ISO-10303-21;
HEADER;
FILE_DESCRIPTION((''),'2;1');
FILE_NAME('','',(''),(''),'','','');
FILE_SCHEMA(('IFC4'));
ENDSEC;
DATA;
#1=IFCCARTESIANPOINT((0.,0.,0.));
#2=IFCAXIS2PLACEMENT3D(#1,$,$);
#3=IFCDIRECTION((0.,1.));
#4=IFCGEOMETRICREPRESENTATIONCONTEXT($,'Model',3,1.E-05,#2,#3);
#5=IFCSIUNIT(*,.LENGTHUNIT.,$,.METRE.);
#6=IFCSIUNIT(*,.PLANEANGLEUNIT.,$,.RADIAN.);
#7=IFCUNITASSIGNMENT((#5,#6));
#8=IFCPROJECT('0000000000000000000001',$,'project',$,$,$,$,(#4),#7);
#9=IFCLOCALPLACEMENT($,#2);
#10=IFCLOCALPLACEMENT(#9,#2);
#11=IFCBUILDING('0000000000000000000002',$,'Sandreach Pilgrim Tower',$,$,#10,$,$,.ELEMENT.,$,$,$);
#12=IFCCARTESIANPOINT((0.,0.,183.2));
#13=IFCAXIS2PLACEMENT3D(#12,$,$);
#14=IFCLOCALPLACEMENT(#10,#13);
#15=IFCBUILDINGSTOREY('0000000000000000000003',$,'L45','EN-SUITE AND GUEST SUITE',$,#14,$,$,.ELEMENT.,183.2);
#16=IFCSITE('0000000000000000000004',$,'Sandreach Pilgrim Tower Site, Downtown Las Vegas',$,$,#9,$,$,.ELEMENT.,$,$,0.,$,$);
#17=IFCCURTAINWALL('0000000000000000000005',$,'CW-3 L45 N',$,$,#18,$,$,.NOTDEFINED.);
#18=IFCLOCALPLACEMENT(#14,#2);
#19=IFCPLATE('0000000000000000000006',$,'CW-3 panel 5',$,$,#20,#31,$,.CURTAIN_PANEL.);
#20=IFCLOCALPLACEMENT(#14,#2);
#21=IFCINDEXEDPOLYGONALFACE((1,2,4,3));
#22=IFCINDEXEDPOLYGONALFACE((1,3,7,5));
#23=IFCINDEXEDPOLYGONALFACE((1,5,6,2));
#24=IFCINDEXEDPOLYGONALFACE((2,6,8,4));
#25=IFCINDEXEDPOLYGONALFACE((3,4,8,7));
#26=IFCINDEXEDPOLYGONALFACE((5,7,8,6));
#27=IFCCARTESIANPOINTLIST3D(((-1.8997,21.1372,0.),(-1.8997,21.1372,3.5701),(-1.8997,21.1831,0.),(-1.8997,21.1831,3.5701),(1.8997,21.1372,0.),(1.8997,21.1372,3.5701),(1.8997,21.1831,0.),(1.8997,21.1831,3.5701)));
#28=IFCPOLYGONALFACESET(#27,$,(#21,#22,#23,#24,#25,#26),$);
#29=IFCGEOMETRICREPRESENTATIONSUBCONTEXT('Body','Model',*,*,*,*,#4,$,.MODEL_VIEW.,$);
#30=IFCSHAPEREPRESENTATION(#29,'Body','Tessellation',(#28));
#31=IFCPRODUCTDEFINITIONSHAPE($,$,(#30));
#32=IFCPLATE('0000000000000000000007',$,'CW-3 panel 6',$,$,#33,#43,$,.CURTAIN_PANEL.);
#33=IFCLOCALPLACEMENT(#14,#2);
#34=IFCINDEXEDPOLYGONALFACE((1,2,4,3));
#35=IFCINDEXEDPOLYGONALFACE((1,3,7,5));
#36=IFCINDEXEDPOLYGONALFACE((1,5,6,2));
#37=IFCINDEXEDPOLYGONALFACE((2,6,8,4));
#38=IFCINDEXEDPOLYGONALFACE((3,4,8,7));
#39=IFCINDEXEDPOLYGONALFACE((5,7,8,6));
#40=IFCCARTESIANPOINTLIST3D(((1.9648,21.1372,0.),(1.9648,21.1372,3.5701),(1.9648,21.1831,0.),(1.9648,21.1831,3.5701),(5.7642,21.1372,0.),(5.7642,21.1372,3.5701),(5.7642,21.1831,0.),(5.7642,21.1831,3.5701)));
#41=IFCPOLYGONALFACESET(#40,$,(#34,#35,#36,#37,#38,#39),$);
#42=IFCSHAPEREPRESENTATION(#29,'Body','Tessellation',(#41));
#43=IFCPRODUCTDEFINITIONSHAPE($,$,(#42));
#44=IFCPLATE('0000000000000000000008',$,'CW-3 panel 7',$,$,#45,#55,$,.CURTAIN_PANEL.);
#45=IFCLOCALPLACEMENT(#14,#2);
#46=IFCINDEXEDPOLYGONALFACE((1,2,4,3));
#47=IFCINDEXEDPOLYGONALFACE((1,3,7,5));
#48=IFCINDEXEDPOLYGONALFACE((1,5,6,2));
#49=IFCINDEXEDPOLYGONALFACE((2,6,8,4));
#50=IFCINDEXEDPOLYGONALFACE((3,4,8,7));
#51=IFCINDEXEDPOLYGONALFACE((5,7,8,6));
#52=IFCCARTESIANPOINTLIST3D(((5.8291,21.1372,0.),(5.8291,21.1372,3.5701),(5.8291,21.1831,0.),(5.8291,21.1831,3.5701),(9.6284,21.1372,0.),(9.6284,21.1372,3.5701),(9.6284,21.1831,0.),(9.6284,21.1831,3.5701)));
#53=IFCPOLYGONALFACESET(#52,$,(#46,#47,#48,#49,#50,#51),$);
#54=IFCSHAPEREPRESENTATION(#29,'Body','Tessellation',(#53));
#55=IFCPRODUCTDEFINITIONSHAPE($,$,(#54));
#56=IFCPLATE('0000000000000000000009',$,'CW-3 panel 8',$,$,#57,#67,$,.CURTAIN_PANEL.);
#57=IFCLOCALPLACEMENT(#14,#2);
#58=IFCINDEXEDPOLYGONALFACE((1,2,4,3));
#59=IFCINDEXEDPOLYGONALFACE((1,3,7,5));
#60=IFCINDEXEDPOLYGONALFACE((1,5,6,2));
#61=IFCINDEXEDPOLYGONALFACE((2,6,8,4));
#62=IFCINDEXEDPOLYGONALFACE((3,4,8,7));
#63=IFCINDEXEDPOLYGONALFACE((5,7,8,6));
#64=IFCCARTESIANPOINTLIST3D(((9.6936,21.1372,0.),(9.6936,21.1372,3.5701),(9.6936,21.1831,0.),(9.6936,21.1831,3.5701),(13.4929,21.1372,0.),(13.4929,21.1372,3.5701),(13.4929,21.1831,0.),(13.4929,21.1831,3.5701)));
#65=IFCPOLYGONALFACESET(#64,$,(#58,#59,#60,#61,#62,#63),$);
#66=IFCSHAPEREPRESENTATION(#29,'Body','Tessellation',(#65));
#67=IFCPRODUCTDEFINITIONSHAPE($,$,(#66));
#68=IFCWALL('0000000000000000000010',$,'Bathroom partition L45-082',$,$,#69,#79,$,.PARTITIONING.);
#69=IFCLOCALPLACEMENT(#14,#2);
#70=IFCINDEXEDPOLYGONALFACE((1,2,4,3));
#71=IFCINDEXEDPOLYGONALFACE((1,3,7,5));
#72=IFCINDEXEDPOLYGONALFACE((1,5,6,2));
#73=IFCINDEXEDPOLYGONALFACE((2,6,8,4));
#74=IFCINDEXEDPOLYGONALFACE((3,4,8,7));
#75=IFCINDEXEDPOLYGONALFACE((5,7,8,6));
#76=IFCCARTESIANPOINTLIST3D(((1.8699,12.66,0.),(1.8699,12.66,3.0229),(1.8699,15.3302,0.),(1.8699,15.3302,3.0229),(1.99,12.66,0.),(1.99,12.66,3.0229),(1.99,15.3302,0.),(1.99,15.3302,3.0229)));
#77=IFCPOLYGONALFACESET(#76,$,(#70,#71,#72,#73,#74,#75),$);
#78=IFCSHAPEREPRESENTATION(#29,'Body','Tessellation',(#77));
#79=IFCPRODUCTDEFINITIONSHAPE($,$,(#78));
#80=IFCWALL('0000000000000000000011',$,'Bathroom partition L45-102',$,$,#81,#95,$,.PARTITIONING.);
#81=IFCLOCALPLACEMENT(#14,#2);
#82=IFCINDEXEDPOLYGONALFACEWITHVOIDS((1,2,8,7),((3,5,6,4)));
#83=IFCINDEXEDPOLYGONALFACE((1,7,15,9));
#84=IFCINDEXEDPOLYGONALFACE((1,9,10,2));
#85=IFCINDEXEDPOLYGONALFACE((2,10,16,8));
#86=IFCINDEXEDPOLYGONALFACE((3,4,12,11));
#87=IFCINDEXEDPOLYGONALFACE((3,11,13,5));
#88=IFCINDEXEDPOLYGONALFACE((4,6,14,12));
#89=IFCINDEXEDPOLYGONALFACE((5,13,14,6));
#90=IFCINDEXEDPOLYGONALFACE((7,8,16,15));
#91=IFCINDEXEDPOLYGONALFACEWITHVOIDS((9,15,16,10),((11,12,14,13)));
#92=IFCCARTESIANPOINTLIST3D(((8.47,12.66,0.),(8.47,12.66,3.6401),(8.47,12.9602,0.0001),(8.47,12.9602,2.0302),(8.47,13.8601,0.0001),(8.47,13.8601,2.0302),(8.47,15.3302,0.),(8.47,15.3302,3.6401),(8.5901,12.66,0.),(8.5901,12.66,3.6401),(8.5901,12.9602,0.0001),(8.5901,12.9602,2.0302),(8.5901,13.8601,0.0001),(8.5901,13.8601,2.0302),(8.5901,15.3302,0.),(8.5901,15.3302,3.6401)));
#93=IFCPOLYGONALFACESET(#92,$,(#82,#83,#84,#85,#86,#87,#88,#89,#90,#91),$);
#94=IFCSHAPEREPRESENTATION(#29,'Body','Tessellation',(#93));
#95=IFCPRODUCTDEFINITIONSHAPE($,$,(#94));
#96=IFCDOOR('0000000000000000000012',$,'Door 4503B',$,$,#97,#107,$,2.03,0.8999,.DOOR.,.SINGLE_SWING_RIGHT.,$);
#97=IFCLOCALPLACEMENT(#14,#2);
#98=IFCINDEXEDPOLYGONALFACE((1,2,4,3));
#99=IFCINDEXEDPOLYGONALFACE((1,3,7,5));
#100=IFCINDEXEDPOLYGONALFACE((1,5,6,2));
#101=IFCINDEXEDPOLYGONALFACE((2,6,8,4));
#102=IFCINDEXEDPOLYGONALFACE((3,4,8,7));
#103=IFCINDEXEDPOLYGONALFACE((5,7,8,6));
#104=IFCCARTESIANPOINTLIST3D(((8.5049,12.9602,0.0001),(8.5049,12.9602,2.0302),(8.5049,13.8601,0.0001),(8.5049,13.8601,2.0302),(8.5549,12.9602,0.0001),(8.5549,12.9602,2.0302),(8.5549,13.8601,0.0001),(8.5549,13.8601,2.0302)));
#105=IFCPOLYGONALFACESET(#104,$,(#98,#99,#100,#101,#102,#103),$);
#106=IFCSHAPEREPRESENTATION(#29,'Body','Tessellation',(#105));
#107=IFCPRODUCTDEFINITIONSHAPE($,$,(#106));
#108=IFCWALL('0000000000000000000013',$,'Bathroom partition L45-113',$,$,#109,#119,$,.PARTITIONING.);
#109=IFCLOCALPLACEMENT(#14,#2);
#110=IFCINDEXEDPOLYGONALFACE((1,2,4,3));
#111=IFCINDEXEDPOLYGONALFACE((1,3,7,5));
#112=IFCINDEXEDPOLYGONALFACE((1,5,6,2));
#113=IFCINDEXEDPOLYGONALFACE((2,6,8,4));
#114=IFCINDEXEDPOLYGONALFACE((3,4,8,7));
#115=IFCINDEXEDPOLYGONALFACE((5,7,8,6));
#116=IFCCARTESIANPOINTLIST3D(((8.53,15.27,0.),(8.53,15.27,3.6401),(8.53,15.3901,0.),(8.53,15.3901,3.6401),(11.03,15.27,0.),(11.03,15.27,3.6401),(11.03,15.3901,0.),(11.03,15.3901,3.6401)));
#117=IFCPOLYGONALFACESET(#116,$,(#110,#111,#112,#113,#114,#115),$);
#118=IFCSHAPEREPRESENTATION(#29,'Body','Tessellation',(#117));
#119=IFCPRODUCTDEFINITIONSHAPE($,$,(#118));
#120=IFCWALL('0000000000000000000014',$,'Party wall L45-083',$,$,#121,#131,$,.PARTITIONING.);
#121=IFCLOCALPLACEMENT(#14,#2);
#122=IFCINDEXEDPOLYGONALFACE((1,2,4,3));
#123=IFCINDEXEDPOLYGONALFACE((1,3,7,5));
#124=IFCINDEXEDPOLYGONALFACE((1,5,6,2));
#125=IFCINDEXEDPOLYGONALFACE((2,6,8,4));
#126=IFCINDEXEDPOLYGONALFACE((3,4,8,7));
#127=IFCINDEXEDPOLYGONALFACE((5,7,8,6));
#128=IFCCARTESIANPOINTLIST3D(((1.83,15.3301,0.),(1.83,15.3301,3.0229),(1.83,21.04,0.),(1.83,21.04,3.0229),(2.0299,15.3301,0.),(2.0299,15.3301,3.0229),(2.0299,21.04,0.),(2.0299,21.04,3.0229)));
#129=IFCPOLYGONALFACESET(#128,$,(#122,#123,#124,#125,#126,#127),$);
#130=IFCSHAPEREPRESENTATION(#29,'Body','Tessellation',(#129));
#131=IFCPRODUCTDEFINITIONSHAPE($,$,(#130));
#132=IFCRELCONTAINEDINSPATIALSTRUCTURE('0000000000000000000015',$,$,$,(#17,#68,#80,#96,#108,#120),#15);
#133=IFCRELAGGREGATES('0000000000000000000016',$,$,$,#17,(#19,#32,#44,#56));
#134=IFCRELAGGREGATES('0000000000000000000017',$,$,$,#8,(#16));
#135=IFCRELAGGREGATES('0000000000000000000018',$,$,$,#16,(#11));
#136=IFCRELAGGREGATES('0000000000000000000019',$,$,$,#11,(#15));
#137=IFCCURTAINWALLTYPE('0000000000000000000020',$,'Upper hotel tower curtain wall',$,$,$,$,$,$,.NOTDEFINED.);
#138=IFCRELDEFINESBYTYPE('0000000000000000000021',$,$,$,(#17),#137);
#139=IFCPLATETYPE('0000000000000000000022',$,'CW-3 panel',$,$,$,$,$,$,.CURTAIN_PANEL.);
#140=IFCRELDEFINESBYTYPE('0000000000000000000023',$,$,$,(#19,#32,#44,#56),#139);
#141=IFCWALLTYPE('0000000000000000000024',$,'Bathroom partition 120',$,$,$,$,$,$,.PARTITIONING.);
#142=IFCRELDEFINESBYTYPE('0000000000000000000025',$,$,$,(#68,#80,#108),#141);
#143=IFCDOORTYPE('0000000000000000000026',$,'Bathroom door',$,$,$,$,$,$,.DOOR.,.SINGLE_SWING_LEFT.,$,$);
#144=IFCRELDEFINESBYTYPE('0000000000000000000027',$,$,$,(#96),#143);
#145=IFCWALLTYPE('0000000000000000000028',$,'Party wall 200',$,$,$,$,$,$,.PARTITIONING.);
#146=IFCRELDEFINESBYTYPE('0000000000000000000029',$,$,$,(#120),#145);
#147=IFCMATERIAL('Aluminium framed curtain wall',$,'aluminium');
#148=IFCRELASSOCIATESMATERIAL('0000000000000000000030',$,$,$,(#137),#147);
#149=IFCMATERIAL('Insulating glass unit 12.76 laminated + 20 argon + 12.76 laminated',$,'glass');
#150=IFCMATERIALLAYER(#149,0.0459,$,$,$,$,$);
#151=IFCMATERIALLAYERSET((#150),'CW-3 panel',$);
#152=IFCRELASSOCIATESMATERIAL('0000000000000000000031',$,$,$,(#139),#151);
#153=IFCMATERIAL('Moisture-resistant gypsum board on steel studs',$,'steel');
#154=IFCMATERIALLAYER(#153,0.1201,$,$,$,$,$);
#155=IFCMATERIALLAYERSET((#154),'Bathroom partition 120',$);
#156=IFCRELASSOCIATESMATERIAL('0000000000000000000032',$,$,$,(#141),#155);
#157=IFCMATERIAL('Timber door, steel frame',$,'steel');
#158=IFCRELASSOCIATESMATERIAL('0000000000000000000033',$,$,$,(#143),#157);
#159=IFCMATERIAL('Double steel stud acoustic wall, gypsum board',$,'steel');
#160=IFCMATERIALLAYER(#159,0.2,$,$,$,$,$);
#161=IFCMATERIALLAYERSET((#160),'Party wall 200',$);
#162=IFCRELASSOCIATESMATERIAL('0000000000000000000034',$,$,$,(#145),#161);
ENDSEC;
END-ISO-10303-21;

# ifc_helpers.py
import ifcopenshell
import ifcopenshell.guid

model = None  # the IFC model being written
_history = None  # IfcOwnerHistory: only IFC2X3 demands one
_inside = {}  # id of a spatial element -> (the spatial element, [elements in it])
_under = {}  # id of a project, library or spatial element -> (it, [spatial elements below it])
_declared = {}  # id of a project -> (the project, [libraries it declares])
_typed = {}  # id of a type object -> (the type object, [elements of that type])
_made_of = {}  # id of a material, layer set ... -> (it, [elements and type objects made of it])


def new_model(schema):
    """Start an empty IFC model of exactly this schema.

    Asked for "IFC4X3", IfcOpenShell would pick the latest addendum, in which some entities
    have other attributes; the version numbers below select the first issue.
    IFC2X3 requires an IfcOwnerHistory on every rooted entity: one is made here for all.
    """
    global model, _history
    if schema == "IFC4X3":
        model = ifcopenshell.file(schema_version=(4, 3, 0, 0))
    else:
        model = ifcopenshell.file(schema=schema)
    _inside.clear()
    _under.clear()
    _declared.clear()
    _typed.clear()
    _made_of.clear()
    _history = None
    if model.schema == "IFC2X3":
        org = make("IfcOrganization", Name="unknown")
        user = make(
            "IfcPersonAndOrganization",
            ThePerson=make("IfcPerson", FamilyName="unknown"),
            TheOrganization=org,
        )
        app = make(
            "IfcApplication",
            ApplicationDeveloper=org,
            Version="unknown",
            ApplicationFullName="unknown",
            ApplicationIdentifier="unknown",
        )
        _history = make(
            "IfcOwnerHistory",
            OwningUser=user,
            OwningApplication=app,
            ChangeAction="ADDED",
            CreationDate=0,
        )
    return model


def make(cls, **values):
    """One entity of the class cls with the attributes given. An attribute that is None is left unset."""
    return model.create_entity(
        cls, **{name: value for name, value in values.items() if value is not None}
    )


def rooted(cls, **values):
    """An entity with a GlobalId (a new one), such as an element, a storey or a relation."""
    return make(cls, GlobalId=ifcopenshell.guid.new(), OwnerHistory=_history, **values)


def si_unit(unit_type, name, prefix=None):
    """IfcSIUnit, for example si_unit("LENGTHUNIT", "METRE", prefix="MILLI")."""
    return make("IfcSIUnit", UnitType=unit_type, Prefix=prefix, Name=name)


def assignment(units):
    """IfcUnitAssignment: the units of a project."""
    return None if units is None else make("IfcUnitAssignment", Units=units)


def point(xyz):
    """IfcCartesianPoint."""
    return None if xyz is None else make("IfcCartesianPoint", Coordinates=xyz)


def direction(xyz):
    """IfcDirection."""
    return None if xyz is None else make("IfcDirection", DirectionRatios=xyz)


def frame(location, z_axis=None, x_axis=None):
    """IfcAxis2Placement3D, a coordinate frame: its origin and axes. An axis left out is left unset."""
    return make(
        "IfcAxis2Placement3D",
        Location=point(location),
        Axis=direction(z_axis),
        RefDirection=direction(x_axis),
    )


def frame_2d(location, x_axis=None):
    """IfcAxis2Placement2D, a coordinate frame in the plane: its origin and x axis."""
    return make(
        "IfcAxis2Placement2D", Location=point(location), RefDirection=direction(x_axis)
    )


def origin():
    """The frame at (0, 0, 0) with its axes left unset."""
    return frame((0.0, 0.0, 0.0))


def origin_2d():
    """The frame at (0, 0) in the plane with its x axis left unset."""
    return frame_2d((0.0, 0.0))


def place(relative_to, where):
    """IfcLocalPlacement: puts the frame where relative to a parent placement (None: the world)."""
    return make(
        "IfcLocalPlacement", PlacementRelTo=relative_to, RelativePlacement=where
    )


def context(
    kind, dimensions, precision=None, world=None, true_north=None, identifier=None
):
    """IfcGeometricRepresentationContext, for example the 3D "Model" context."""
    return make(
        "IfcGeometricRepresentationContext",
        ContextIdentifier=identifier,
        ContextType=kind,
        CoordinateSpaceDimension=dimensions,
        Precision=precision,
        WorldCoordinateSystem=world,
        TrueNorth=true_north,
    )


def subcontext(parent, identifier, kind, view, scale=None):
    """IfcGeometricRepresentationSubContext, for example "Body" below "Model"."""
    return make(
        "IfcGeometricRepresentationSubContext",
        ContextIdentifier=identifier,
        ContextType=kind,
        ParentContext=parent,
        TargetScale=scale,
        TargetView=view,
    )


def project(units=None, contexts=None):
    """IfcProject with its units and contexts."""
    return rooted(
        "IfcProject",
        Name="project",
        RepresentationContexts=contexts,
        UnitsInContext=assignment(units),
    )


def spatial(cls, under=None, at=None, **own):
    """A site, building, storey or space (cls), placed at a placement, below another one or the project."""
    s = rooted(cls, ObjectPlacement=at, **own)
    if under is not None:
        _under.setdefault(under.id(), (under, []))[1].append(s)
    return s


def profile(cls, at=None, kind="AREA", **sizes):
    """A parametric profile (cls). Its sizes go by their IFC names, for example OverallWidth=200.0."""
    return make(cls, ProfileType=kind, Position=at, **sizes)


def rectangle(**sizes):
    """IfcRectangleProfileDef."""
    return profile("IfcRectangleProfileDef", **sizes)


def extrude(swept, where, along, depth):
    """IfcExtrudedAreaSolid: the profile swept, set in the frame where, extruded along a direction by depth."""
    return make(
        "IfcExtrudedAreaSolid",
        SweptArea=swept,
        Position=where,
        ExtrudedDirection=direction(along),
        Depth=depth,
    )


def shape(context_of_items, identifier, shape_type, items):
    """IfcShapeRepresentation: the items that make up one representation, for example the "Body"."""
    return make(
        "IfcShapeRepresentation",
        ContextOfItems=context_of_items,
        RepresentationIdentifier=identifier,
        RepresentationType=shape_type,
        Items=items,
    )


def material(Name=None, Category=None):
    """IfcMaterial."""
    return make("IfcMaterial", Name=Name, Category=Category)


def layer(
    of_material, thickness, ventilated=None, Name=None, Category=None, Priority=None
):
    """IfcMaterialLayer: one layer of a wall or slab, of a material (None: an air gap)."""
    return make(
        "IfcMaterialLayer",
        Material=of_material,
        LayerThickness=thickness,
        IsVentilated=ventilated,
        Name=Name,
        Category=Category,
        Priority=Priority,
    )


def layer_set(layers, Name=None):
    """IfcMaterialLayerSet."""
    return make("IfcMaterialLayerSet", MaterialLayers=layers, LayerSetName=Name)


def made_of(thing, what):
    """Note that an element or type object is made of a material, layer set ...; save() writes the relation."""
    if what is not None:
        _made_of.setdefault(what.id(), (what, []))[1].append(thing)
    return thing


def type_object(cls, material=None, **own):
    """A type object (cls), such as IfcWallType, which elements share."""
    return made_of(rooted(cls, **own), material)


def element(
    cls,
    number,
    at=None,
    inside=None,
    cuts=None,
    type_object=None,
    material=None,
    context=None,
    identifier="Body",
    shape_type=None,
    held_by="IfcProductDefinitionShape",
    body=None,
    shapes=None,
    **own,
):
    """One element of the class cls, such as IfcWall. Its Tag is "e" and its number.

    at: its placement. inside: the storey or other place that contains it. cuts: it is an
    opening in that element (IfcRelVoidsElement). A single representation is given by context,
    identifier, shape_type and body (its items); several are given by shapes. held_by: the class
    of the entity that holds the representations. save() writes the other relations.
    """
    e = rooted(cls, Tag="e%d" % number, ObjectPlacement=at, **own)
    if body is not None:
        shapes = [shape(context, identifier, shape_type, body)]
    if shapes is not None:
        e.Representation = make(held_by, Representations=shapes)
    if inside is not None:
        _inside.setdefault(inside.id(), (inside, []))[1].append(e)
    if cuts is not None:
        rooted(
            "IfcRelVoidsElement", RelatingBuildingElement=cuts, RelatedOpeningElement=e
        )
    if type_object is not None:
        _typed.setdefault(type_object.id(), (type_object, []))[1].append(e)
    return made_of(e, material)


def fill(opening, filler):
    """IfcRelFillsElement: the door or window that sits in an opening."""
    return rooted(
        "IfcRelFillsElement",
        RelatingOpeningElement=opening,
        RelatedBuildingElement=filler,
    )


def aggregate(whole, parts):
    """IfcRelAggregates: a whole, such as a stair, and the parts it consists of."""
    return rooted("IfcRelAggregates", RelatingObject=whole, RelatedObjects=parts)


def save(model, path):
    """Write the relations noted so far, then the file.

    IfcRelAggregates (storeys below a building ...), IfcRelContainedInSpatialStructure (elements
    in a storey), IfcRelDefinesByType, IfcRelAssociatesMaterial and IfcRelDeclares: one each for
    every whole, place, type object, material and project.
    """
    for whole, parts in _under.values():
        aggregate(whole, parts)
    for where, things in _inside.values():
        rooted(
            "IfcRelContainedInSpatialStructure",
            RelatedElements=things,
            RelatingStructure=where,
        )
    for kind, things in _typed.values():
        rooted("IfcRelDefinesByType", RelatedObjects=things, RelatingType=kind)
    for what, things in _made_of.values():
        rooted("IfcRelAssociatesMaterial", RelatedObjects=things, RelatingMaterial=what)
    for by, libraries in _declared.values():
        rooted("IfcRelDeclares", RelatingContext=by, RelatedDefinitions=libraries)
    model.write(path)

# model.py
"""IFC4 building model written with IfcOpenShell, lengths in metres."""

from ifc_helpers import new_model, si_unit, direction, frame, frame_2d, origin, origin_2d, place, context, subcontext, project, spatial, rectangle, extrude, material, layer, layer_set, type_object, element, fill, aggregate, save


model = new_model("IFC4")

# Units and contexts
model_context = context("Model", 3, precision=1e-05, world=origin(), true_north=direction((0.0, 1.0)))
body_context = subcontext(model_context, "Body", "Model", "MODEL_VIEW")
ifc_project = project(units=[si_unit("LENGTHUNIT", "METRE"), si_unit("PLANEANGLEUNIT", "RADIAN")], contexts=[model_context])

# Site, building, storey
site_placement = place(None, origin())
site = spatial("IfcSite", under=ifc_project, at=site_placement, Name="Sandreach Pilgrim Tower Site, Downtown Las Vegas", CompositionType="ELEMENT", RefElevation=0.0)
building_placement = place(site_placement, origin())
building = spatial("IfcBuilding", under=site, at=building_placement, Name="Sandreach Pilgrim Tower", CompositionType="ELEMENT")
storey_placement = place(building_placement, frame((0.0, 0.0, 183.2)))
storey = spatial("IfcBuildingStorey", under=building, at=storey_placement, Name="L45", Description="EN-SUITE AND GUEST SUITE", CompositionType="ELEMENT", Elevation=183.2)

# Curtain wall
ifc_material_1 = material(Name="Aluminium framed curtain wall", Category="aluminium")
curtain_wall_type = type_object("IfcCurtainWallType", Name="Upper hotel tower curtain wall", PredefinedType="NOTDEFINED", material=ifc_material_1)
curtain_wall_placement = place(storey_placement, origin())
curtain_wall = element("IfcCurtainWall", 1, at=curtain_wall_placement, inside=storey, type_object=curtain_wall_type, Name="CW-3 L45 N", PredefinedType="NOTDEFINED")

# Plates
ifc_material_2 = material(Name="Insulating glass unit 12.76 laminated + 20 argon + 12.76 laminated", Category="glass")
ifc_layer_1 = layer(ifc_material_2, 0.0459)
ifc_layer_set_1 = layer_set([ifc_layer_1], Name="CW-3 panel")
plate_type = type_object("IfcPlateType", Name="CW-3 panel", PredefinedType="CURTAIN_PANEL", material=ifc_layer_set_1)
plate_1_placement = place(storey_placement, frame((0.0, 21.1602, 0.0), z_axis=(0.0, 0.0, 1.0), x_axis=(1.0, 0.0, 0.0)))
plate_1 = element("IfcPlate", 2, at=plate_1_placement, type_object=plate_type, Name="CW-3 panel 5", PredefinedType="CURTAIN_PANEL", context=body_context, shape_type="SweptSolid", body=[
    extrude(rectangle(XDim=3.7993, YDim=0.0459, at=origin_2d()), origin(), (0.0, 0.0, 1.0), 3.5701),
])
plate_2_placement = place(storey_placement, frame((3.8645, 21.1602, 0.0), z_axis=(0.0, 0.0, 1.0), x_axis=(1.0, 0.0, 0.0)))
plate_2 = element("IfcPlate", 3, at=plate_2_placement, type_object=plate_type, Name="CW-3 panel 6", PredefinedType="CURTAIN_PANEL", context=body_context, shape_type="SweptSolid", body=[
    extrude(rectangle(XDim=3.7993, YDim=0.0459, at=origin_2d()), origin(), (0.0, 0.0, 1.0), 3.5701),
])
plate_3_placement = place(storey_placement, frame((7.7288, 21.1602, 0.0), z_axis=(0.0, 0.0, 1.0), x_axis=(1.0, 0.0, 0.0)))
plate_3 = element("IfcPlate", 4, at=plate_3_placement, type_object=plate_type, Name="CW-3 panel 7", PredefinedType="CURTAIN_PANEL", context=body_context, shape_type="SweptSolid", body=[
    extrude(rectangle(XDim=3.7993, YDim=0.0459, at=origin_2d()), origin(), (0.0, 0.0, 1.0), 3.5701),
])
plate_4_placement = place(storey_placement, frame((11.5933, 21.1602, 0.0), z_axis=(0.0, 0.0, 1.0), x_axis=(1.0, 0.0, 0.0)))
plate_4 = element("IfcPlate", 5, at=plate_4_placement, type_object=plate_type, Name="CW-3 panel 8", PredefinedType="CURTAIN_PANEL", context=body_context, shape_type="SweptSolid", body=[
    extrude(rectangle(XDim=3.7993, YDim=0.0459, at=origin_2d()), origin(), (0.0, 0.0, 1.0), 3.5701),
])
aggregate(curtain_wall, [plate_1, plate_2, plate_3, plate_4])

# Wall
ifc_material_3 = material(Name="Moisture-resistant gypsum board on steel studs", Category="steel")
ifc_layer_2 = layer(ifc_material_3, 0.1201)
ifc_layer_set_2 = layer_set([ifc_layer_2], Name="Bathroom partition 120")
wall_type_1 = type_object("IfcWallType", Name="Bathroom partition 120", PredefinedType="PARTITIONING", material=ifc_layer_set_2)
wall_1_placement = place(storey_placement, frame((1.9299, 15.3301, 0.0), z_axis=(0.0, 0.0, 1.0), x_axis=(0.0, -1.0, 0.0)))
element("IfcWall", 6, at=wall_1_placement, inside=storey, type_object=wall_type_1, Name="Bathroom partition L45-082", PredefinedType="PARTITIONING", context=body_context, shape_type="SweptSolid", body=[
    extrude(rectangle(XDim=2.6702, YDim=0.1201, at=frame_2d((1.335, 0.0))), origin(), (0.0, 0.0, 1.0), 3.0229),
])

# Wall, opening, door
wall_2_placement = place(storey_placement, frame((8.53, 15.3301, 0.0), z_axis=(0.0, 0.0, 1.0), x_axis=(0.0, -1.0, 0.0)))
wall_2 = element("IfcWall", 7, at=wall_2_placement, inside=storey, type_object=wall_type_1, Name="Bathroom partition L45-102", PredefinedType="PARTITIONING", context=body_context, shape_type="SweptSolid", body=[
    extrude(rectangle(XDim=2.6702, YDim=0.1201, at=frame_2d((1.335, 0.0))), origin(), (0.0, 0.0, 1.0), 3.6401),
])
opening_placement = place(wall_2_placement, frame((1.47, 0.0, 0.0)))
opening = element("IfcOpeningElement", 8, at=opening_placement, cuts=wall_2, PredefinedType="OPENING", context=body_context, shape_type="SweptSolid", body=[
    extrude(rectangle(XDim=0.8999, YDim=2.03, at=frame_2d((0.45, 1.0151))), frame((0.0, 0.0601, 0.0), z_axis=(0.0, -1.0, 0.0), x_axis=(1.0, 0.0, 0.0)), (0.0, 0.0, 1.0), 0.1201),
])
ifc_material_4 = material(Name="Timber door, steel frame", Category="steel")
door_type = type_object("IfcDoorType", Name="Bathroom door", OperationType="SINGLE_SWING_LEFT", PredefinedType="DOOR", material=ifc_material_4)
door_placement = place(opening_placement, origin())
door = element("IfcDoor", 9, at=door_placement, inside=storey, type_object=door_type, Name="Door 4503B", OperationType="SINGLE_SWING_RIGHT", OverallHeight=2.03, OverallWidth=0.8999, PredefinedType="DOOR", context=body_context, shape_type="SweptSolid", body=[
    extrude(rectangle(XDim=0.8999, YDim=2.03, at=frame_2d((0.45, 1.0151))), frame((0.0, 0.0249, 0.0), z_axis=(0.0, -1.0, 0.0), x_axis=(1.0, 0.0, 0.0)), (0.0, 0.0, 1.0), 0.05),
])
fill(opening, door)

# Walls
wall_3_placement = place(storey_placement, frame((11.03, 15.3301, 0.0), z_axis=(0.0, 0.0, 1.0), x_axis=(-1.0, 0.0, 0.0)))
element("IfcWall", 10, at=wall_3_placement, inside=storey, type_object=wall_type_1, Name="Bathroom partition L45-113", PredefinedType="PARTITIONING", context=body_context, shape_type="SweptSolid", body=[
    extrude(rectangle(XDim=2.5, YDim=0.1201, at=frame_2d((1.25, 0.0))), origin(), (0.0, 0.0, 1.0), 3.6401),
])
ifc_material_5 = material(Name="Double steel stud acoustic wall, gypsum board", Category="steel")
ifc_layer_3 = layer(ifc_material_5, 0.2)
ifc_layer_set_3 = layer_set([ifc_layer_3], Name="Party wall 200")
wall_type_2 = type_object("IfcWallType", Name="Party wall 200", PredefinedType="PARTITIONING", material=ifc_layer_set_3)
wall_4_placement = place(storey_placement, frame((1.9299, 21.04, 0.0), z_axis=(0.0, 0.0, 1.0), x_axis=(0.0, -1.0, 0.0)))
element("IfcWall", 11, at=wall_4_placement, inside=storey, type_object=wall_type_2, Name="Party wall L45-083", PredefinedType="PARTITIONING", context=body_context, shape_type="SweptSolid", body=[
    extrude(rectangle(XDim=5.71, YDim=0.2, at=frame_2d((2.855, 0.0))), origin(), (0.0, 0.0, 1.0), 3.0229),
])

save(model, "model.ifc")
